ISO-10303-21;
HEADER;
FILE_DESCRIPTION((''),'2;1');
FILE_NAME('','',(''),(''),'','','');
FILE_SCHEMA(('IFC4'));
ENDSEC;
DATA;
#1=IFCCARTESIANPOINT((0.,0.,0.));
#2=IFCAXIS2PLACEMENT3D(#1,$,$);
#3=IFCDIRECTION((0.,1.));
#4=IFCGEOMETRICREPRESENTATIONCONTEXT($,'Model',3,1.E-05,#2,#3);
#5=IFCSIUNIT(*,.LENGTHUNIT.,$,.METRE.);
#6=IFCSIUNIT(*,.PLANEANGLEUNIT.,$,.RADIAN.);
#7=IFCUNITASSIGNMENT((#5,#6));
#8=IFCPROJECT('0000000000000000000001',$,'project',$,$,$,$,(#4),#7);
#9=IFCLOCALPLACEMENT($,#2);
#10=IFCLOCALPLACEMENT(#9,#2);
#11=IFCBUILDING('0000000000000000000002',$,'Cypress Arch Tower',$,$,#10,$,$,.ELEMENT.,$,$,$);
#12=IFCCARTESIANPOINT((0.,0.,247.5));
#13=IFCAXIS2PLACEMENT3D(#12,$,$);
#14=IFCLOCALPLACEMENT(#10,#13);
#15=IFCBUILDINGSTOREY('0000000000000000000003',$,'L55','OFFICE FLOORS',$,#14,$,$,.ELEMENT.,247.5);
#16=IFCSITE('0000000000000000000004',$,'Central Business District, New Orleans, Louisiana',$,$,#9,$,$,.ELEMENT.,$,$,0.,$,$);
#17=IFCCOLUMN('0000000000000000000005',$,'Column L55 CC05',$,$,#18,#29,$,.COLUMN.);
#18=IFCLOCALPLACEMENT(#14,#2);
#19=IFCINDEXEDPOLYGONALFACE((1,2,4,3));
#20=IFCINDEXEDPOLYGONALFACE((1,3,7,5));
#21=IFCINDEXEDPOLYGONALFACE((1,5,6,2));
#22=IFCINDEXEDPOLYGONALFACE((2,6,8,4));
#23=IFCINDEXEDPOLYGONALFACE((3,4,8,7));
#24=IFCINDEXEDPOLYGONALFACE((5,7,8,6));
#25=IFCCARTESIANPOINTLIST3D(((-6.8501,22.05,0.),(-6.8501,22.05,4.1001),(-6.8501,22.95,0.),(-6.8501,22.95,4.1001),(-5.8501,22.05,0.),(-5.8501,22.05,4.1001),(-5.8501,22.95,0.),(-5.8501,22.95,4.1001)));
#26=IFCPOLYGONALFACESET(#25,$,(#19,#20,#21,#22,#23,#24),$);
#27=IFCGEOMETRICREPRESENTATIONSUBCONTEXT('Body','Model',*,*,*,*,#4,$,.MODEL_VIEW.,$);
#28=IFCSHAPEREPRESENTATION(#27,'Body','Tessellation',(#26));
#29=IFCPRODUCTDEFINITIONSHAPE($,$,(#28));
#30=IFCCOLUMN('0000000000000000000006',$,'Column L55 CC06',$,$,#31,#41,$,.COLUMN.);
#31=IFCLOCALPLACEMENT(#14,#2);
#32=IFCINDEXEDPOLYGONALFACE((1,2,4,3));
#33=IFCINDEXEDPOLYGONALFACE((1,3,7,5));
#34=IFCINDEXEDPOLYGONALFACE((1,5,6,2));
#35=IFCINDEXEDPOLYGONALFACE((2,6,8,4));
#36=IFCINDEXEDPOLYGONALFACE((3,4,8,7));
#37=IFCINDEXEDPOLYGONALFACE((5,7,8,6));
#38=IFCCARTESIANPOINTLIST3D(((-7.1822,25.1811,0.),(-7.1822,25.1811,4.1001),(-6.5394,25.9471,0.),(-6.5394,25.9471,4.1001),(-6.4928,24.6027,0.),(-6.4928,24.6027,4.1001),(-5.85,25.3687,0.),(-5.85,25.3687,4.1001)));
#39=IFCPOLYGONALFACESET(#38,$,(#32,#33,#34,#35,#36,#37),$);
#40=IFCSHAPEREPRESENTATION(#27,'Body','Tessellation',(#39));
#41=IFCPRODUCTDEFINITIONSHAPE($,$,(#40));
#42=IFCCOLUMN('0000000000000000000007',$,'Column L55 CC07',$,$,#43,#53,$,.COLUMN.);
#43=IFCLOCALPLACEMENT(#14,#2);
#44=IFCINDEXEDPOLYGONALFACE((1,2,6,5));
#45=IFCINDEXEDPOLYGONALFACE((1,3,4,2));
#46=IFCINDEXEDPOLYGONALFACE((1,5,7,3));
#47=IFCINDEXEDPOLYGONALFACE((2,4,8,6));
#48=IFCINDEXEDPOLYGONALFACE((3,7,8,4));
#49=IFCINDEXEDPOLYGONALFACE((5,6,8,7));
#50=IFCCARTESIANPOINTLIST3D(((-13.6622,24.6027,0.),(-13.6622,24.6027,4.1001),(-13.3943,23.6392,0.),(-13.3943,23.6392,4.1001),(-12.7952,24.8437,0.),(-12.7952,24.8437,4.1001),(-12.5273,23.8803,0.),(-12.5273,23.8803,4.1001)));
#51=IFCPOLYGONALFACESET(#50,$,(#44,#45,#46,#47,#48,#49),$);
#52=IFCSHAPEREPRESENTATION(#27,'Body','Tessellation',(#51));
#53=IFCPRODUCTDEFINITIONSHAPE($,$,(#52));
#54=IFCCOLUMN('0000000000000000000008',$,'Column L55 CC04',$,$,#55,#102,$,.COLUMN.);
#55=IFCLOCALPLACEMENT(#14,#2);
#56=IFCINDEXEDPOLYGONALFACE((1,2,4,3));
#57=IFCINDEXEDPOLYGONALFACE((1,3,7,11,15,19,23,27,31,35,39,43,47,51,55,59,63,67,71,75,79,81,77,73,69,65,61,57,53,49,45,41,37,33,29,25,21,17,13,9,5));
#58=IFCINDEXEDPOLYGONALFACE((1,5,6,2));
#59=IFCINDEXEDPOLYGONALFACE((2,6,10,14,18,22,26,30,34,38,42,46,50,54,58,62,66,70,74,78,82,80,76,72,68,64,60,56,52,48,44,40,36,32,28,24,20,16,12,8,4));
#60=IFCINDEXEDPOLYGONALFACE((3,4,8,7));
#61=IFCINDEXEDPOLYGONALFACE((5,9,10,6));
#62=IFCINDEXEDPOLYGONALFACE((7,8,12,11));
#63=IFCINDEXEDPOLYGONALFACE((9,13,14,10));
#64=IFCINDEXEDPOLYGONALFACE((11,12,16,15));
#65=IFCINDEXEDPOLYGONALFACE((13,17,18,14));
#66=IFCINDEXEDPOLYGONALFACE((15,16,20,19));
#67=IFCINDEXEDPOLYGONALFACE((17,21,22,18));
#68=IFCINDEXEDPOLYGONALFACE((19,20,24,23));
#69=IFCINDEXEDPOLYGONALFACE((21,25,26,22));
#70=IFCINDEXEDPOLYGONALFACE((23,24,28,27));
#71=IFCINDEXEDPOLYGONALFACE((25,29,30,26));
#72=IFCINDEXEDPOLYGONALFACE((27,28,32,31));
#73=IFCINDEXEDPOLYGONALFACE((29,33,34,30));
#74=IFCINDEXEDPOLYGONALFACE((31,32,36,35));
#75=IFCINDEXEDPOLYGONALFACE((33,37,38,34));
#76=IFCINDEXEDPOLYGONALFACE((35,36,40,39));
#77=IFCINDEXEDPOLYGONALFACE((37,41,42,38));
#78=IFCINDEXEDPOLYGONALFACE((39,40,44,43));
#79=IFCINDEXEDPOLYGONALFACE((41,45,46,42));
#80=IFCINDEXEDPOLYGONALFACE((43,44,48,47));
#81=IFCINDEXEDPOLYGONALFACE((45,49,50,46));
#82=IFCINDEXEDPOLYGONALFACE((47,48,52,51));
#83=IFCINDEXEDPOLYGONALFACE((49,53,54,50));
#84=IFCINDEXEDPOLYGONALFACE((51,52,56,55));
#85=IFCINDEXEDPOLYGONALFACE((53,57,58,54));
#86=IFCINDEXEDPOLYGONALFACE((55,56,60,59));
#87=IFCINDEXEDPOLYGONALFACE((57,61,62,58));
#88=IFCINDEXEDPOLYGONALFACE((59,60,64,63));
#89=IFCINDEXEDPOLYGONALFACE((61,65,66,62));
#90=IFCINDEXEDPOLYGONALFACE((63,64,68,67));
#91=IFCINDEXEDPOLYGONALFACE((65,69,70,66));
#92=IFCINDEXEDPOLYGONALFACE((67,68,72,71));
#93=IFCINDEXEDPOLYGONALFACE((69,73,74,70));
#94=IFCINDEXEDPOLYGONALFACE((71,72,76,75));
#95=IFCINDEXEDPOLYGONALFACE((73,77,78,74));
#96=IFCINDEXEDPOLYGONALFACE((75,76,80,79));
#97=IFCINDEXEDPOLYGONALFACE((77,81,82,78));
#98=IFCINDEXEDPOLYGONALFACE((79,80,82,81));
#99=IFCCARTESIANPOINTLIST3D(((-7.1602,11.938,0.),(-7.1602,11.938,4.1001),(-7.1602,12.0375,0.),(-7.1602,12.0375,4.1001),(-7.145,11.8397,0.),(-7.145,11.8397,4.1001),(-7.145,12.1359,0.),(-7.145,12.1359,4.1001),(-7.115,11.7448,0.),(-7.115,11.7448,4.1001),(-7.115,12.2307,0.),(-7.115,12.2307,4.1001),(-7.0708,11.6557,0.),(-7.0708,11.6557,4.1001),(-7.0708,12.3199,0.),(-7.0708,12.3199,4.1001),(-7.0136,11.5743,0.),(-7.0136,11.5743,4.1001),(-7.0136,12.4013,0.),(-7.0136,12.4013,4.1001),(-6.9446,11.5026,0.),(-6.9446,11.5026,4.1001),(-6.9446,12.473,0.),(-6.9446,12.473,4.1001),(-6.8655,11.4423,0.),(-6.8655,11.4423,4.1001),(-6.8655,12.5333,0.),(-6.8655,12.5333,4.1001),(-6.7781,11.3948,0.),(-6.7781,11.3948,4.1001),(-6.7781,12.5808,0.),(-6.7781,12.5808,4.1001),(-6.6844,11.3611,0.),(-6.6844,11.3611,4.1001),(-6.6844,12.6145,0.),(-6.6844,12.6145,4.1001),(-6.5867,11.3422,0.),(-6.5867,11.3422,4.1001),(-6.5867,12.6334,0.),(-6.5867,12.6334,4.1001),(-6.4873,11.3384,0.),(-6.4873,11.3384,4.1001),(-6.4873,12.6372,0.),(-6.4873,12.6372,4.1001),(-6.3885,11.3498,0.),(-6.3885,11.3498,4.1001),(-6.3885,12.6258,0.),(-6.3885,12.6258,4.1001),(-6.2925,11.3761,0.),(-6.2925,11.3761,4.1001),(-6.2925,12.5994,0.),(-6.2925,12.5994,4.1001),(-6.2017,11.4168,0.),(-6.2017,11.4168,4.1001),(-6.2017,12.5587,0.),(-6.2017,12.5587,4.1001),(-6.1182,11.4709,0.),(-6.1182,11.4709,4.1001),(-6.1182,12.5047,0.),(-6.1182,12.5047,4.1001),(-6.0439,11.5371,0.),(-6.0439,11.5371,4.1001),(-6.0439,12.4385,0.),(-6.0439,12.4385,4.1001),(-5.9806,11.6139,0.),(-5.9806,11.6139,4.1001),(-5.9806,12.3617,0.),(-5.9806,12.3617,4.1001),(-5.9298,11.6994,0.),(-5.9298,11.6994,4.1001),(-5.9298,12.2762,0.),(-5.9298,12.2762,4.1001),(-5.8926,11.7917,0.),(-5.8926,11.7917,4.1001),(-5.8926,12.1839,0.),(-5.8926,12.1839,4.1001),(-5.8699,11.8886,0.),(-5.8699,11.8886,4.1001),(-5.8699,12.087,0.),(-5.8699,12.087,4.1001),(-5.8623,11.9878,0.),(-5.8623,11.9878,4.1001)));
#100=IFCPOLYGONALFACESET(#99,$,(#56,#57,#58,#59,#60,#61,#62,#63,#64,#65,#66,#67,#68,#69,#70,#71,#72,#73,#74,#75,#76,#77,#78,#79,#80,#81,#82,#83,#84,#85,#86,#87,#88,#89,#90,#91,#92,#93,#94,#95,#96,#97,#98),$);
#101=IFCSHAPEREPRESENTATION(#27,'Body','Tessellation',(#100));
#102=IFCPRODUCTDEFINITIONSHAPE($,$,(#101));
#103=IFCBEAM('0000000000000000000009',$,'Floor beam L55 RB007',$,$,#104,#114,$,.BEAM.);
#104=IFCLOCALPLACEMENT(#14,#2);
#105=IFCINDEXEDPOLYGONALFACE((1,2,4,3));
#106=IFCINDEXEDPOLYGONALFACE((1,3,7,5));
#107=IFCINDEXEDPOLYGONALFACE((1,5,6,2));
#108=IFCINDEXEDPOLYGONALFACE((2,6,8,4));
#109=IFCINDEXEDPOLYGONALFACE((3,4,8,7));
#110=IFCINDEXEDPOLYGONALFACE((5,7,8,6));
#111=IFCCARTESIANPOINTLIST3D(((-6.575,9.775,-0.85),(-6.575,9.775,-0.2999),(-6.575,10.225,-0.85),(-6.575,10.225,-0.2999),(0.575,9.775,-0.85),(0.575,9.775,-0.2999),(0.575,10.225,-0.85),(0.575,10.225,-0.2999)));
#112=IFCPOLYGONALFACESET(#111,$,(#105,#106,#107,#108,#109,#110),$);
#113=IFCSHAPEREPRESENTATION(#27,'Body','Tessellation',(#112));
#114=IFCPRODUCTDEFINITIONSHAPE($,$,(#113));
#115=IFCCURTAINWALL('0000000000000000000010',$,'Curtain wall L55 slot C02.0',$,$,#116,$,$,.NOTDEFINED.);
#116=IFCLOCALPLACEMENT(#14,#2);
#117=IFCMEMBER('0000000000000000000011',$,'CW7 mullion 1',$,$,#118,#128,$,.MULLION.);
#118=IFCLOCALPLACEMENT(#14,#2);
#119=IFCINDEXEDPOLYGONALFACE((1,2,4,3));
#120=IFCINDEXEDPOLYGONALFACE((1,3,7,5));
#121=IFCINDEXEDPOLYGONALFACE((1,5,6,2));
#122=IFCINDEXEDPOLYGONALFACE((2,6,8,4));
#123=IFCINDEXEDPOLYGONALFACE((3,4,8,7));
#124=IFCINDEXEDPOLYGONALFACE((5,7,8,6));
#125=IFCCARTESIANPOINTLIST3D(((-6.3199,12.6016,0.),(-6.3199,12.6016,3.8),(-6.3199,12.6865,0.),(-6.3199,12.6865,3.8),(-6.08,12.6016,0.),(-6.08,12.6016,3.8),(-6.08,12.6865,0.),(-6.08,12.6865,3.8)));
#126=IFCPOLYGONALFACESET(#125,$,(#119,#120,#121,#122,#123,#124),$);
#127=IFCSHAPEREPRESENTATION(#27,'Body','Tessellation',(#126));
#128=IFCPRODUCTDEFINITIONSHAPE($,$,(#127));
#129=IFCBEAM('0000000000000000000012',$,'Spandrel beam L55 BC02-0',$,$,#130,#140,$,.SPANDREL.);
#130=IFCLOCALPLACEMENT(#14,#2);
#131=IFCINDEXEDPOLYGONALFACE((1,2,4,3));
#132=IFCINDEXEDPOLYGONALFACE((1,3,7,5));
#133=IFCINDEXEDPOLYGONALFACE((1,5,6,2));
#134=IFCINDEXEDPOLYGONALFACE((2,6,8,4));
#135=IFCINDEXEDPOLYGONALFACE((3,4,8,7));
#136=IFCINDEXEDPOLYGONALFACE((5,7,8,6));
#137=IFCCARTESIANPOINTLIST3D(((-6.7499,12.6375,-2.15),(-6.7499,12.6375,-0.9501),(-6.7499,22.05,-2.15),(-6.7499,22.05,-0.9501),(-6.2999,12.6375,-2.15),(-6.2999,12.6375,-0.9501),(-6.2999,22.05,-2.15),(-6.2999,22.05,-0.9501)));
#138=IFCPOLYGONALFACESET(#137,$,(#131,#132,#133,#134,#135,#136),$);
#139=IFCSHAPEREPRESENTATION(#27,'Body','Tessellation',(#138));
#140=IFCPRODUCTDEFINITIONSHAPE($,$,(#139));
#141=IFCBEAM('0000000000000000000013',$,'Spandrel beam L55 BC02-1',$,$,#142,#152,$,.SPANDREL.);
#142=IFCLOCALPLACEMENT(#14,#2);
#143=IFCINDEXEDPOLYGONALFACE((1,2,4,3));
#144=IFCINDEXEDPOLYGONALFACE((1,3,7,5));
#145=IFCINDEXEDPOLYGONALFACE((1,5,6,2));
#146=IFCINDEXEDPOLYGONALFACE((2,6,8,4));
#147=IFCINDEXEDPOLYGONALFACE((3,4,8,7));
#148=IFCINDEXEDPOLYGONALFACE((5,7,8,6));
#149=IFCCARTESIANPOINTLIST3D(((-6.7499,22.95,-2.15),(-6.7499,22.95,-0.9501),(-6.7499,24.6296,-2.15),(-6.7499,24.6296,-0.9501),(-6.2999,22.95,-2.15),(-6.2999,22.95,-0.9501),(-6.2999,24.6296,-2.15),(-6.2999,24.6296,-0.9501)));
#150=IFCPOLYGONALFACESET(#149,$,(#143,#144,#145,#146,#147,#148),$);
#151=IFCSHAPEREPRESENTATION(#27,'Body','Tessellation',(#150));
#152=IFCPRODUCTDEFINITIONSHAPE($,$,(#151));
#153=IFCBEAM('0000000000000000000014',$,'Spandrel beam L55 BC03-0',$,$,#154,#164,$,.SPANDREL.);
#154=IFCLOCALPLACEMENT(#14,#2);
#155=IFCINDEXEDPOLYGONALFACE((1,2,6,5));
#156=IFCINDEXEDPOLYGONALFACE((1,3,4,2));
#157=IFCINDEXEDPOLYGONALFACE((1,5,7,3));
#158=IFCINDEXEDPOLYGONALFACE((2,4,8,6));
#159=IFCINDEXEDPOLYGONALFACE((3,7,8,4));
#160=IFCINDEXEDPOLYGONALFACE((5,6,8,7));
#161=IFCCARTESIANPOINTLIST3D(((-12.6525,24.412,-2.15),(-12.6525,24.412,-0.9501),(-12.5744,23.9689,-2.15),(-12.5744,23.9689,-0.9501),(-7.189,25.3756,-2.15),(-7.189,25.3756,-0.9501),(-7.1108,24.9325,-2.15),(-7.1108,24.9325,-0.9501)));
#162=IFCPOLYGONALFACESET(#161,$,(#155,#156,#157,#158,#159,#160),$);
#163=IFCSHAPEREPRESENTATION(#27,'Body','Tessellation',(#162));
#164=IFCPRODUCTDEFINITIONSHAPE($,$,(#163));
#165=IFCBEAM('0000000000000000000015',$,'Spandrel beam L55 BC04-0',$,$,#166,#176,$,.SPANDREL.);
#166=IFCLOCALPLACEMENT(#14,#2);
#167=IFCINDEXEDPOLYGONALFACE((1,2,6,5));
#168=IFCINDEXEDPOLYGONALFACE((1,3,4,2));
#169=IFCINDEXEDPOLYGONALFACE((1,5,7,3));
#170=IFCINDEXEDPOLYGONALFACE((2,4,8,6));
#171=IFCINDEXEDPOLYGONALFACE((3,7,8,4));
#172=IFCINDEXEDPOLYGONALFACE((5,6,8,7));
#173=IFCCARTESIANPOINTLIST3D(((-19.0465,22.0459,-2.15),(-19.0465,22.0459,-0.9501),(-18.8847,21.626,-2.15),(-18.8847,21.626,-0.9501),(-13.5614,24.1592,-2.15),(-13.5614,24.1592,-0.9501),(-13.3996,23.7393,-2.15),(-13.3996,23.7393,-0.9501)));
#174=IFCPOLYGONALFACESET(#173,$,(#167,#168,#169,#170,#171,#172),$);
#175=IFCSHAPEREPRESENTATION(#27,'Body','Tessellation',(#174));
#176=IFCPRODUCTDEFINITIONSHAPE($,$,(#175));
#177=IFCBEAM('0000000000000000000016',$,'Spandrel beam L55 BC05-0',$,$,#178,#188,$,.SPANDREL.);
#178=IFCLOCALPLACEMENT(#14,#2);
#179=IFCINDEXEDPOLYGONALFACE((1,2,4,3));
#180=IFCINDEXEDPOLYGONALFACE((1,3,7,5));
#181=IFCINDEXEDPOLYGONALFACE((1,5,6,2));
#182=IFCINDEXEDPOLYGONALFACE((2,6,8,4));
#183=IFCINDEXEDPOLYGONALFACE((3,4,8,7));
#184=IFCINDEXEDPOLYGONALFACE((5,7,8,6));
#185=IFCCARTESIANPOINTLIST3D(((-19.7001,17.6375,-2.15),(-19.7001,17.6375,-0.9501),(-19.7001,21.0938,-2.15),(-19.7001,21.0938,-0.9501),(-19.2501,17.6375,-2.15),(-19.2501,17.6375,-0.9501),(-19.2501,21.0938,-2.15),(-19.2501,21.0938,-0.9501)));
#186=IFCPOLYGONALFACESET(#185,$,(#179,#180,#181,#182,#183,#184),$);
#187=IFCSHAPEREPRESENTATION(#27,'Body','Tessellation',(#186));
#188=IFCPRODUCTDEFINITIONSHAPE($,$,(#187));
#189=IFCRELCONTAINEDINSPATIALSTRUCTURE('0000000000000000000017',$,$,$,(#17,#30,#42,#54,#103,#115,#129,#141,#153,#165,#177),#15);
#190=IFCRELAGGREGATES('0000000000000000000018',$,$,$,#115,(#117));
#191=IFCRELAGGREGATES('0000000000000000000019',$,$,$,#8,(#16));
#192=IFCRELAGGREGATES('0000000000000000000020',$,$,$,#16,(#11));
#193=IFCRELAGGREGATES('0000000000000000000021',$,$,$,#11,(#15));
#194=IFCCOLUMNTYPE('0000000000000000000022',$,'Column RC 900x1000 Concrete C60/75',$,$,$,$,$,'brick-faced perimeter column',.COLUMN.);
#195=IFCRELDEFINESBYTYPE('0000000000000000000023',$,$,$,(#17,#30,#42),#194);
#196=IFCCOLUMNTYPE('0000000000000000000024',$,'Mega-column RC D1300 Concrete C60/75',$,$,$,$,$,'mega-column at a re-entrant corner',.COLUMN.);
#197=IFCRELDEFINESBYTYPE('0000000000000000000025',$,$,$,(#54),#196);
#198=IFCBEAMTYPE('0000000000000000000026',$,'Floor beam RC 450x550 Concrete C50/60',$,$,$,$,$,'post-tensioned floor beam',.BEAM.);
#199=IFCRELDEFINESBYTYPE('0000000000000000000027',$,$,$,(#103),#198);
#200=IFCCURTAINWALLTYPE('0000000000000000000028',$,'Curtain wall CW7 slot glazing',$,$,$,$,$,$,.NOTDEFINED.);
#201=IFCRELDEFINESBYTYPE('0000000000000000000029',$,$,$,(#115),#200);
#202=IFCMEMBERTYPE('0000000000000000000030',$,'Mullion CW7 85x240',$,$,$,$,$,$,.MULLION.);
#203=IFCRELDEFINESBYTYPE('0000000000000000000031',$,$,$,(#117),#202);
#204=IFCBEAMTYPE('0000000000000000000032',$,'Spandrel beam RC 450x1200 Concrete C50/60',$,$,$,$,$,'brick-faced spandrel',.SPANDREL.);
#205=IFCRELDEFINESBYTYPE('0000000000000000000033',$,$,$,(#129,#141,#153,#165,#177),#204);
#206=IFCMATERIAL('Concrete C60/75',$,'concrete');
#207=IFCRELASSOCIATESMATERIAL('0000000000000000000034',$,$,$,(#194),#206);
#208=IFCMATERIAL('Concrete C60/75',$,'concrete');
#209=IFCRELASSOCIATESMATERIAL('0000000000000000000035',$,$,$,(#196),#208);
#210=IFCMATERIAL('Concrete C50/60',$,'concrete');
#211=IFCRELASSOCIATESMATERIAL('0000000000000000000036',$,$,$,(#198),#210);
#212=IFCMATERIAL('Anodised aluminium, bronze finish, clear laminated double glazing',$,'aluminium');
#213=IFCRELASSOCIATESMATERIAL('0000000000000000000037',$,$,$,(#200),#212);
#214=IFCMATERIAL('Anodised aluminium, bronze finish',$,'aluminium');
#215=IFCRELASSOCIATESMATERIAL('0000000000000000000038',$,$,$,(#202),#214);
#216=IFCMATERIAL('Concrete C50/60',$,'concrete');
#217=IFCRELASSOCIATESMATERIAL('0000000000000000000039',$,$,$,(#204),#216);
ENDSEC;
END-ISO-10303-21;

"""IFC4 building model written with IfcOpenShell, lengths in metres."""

from ifc_helpers import new_model, si_unit, direction, frame, origin, origin_2d, place, context, subcontext, project, spatial, rectangle, circle, extrude, material, material_profile, profile_set, type_object, element, aggregate, save


model = new_model("IFC4")

# Units and contexts
model_context = context("Model", 3, precision=1e-05, world=origin(), true_north=direction((0.0, 1.0)))
body_context = subcontext(model_context, "Body", "Model", "MODEL_VIEW")
ifc_project = project(units=[si_unit("LENGTHUNIT", "METRE"), si_unit("PLANEANGLEUNIT", "RADIAN")], contexts=[model_context])

# Site, building, storey
site_placement = place(None, origin())
site = spatial("IfcSite", under=ifc_project, at=site_placement, Name="Central Business District, New Orleans, Louisiana", CompositionType="ELEMENT", RefElevation=0.0)
building_placement = place(site_placement, origin())
building = spatial("IfcBuilding", under=site, at=building_placement, Name="Cypress Arch Tower", CompositionType="ELEMENT")
storey_placement = place(building_placement, frame((0.0, 0.0, 247.5)))
storey = spatial("IfcBuildingStorey", under=building, at=storey_placement, Name="L55", Description="OFFICE FLOORS", CompositionType="ELEMENT", Elevation=247.5)

# Columns
ifc_material_1 = material(Name="Concrete C60/75", Category="concrete")
ifc_material_profile_1 = material_profile(ifc_material_1, rectangle(XDim=0.8999, YDim=1.0, at=origin_2d()), Name="RC 900x1000")
ifc_profile_set_1 = profile_set([ifc_material_profile_1], Name="Concrete C60/75")
column_type_1 = type_object("IfcColumnType", Name="Column RC 900x1000 Concrete C60/75", ElementType="brick-faced perimeter column", PredefinedType="COLUMN", material=ifc_profile_set_1)
for number, where, z_axis, x_axis, name in (
    (1, (-6.3501, 22.5, 0.0), (0.0, 0.0, 1.0), (0.0, 1.0, 0.0), "Column L55 CC05"),
    (2, (-6.5161, 25.2749, 0.0), (0.0, 0.0, 1.0), (-0.766064, 0.642765, 0.0), "Column L55 CC06"),
    (3, (-13.0947, 24.2415, 0.0), (0.0, 0.0, 1.0), (-0.963456, -0.267868, 0.0), "Column L55 CC07"),
):
    element("IfcColumn", number, at=place(storey_placement, frame(where, z_axis=z_axis, x_axis=x_axis)), inside=storey, type_object=column_type_1, Name=name, PredefinedType="COLUMN", context=body_context, shape_type="SweptSolid", body=[
        extrude(rectangle(XDim=0.8999, YDim=1.0, at=origin_2d()), origin(), (0.0, 0.0, 1.0), 4.1001),
    ])
ifc_material_2 = material(Name="Concrete C60/75", Category="concrete")
ifc_material_profile_2 = material_profile(ifc_material_2, circle(Radius=0.6499, at=origin_2d()), Name="RC D1300")
ifc_profile_set_2 = profile_set([ifc_material_profile_2], Name="Concrete C60/75")
column_type_2 = type_object("IfcColumnType", Name="Mega-column RC D1300 Concrete C60/75", ElementType="mega-column at a re-entrant corner", PredefinedType="COLUMN", material=ifc_profile_set_2)
column_placement = place(storey_placement, frame((-6.5122, 11.9878, 0.0), z_axis=(0.0, 0.0, 1.0), x_axis=(1.0, 0.0, 0.0)))
element("IfcColumn", 4, at=column_placement, inside=storey, type_object=column_type_2, Name="Column L55 CC04", PredefinedType="COLUMN", context=body_context, shape_type="SweptSolid", body=[
    extrude(circle(Radius=0.6499, at=origin_2d()), origin(), (0.0, 0.0, 1.0), 4.1001),
])

# Beam
ifc_material_3 = material(Name="Concrete C50/60", Category="concrete")
ifc_material_profile_3 = material_profile(ifc_material_3, rectangle(XDim=0.45, YDim=0.55, at=origin_2d()), Name="RC 450x550")
ifc_profile_set_3 = profile_set([ifc_material_profile_3], Name="Concrete C50/60")
beam_type_1 = type_object("IfcBeamType", Name="Floor beam RC 450x550 Concrete C50/60", ElementType="post-tensioned floor beam", PredefinedType="BEAM", material=ifc_profile_set_3)
beam_1_placement = place(storey_placement, frame((-6.575, 10.0, -0.575), z_axis=(1.0, 0.0, 0.0), x_axis=(0.0, 1.0, 0.0)))
element("IfcBeam", 5, at=beam_1_placement, inside=storey, type_object=beam_type_1, Name="Floor beam L55 RB007", PredefinedType="BEAM", context=body_context, shape_type="SweptSolid", body=[
    extrude(rectangle(XDim=0.45, YDim=0.55, at=origin_2d()), origin(), (0.0, 0.0, 1.0), 7.1499),
])

# Curtain wall, member
ifc_material_4 = material(Name="Anodised aluminium, bronze finish, clear laminated double glazing", Category="aluminium")
curtain_wall_type = type_object("IfcCurtainWallType", Name="Curtain wall CW7 slot glazing", PredefinedType="NOTDEFINED", material=ifc_material_4)
curtain_wall_placement = place(storey_placement, origin())
curtain_wall = element("IfcCurtainWall", 6, at=curtain_wall_placement, inside=storey, type_object=curtain_wall_type, Name="Curtain wall L55 slot C02.0", PredefinedType="NOTDEFINED")
ifc_material_5 = material(Name="Anodised aluminium, bronze finish", Category="aluminium")
ifc_material_profile_4 = material_profile(ifc_material_5, rectangle(XDim=0.24, YDim=0.085, at=origin_2d()), Name="Mullion 85x240")
ifc_profile_set_4 = profile_set([ifc_material_profile_4], Name="Anodised aluminium, bronze finish")
member_type_1 = type_object("IfcMemberType", Name="Mullion CW7 85x240", PredefinedType="MULLION", material=ifc_profile_set_4)
member_1_placement = place(storey_placement, frame((-6.2, 12.644, 0.0), z_axis=(0.0, 0.0, 1.0), x_axis=(-1.0, 0.0, 0.0)))
member_1 = element("IfcMember", 7, at=member_1_placement, type_object=member_type_1, Name="CW7 mullion 1", PredefinedType="MULLION", context=body_context, shape_type="SweptSolid", body=[
    extrude(rectangle(XDim=0.24, YDim=0.085, at=origin_2d()), origin(), (0.0, 0.0, 1.0), 3.8),
])

# Beams
ifc_material_6 = material(Name="Concrete C50/60", Category="concrete")
ifc_material_profile_5 = material_profile(ifc_material_6, rectangle(XDim=0.45, YDim=1.2, at=origin_2d()), Name="RC 450x1200")
ifc_profile_set_5 = profile_set([ifc_material_profile_5], Name="Concrete C50/60")
beam_type_2 = type_object("IfcBeamType", Name="Spandrel beam RC 450x1200 Concrete C50/60", ElementType="brick-faced spandrel", PredefinedType="SPANDREL", material=ifc_profile_set_5)
beam_2_placement = place(storey_placement, frame((-6.5249, 12.6375, -1.55), z_axis=(0.0, 1.0, 0.0), x_axis=(-1.0, 0.0, 0.0)))
element("IfcBeam", 8, at=beam_2_placement, inside=storey, type_object=beam_type_2, Name="Spandrel beam L55 BC02-0", PredefinedType="SPANDREL", context=body_context, shape_type="SweptSolid", body=[
    extrude(rectangle(XDim=0.45, YDim=1.2, at=origin_2d()), origin(), (0.0, 0.0, 1.0), 9.4126),
])
beam_3_placement = place(storey_placement, frame((-6.5249, 22.95, -1.55), z_axis=(0.0, 1.0, 0.0), x_axis=(-1.0, 0.0, 0.0)))
element("IfcBeam", 9, at=beam_3_placement, inside=storey, type_object=beam_type_2, Name="Spandrel beam L55 BC02-1", PredefinedType="SPANDREL", context=body_context, shape_type="SweptSolid", body=[
    extrude(rectangle(XDim=0.45, YDim=1.2, at=origin_2d()), origin(), (0.0, 0.0, 1.0), 1.6797),
])
beam_4_placement = place(storey_placement, frame((-7.1499, 25.1541, -1.55), z_axis=(-0.9848, -0.17369, 0.0), x_axis=(0.17369, -0.9848, 0.0)))
element("IfcBeam", 10, at=beam_4_placement, inside=storey, type_object=beam_type_2, Name="Spandrel beam L55 BC03-0", PredefinedType="SPANDREL", context=body_context, shape_type="SweptSolid", body=[
    extrude(rectangle(XDim=0.45, YDim=1.2, at=origin_2d()), origin(), (0.0, 0.0, 1.0), 5.5479),
])
beam_5_placement = place(storey_placement, frame((-13.4805, 23.9492, -1.55), z_axis=(-0.933139, -0.359516, 0.0), x_axis=(0.359516, -0.933139, 0.0)))
element("IfcBeam", 11, at=beam_5_placement, inside=storey, type_object=beam_type_2, Name="Spandrel beam L55 BC04-0", PredefinedType="SPANDREL", context=body_context, shape_type="SweptSolid", body=[
    extrude(rectangle(XDim=0.45, YDim=1.2, at=origin_2d()), origin(), (0.0, 0.0, 1.0), 5.8782),
])
beam_6_placement = place(storey_placement, frame((-19.4751, 21.0938, -1.55), z_axis=(0.0, -1.0, 0.0), x_axis=(1.0, 0.0, 0.0)))
element("IfcBeam", 12, at=beam_6_placement, inside=storey, type_object=beam_type_2, Name="Spandrel beam L55 BC05-0", PredefinedType="SPANDREL", context=body_context, shape_type="SweptSolid", body=[
    extrude(rectangle(XDim=0.45, YDim=1.2, at=origin_2d()), origin(), (0.0, 0.0, 1.0), 3.4563),
])

aggregate(curtain_wall, [member_1])

save(model, "model.ifc")
